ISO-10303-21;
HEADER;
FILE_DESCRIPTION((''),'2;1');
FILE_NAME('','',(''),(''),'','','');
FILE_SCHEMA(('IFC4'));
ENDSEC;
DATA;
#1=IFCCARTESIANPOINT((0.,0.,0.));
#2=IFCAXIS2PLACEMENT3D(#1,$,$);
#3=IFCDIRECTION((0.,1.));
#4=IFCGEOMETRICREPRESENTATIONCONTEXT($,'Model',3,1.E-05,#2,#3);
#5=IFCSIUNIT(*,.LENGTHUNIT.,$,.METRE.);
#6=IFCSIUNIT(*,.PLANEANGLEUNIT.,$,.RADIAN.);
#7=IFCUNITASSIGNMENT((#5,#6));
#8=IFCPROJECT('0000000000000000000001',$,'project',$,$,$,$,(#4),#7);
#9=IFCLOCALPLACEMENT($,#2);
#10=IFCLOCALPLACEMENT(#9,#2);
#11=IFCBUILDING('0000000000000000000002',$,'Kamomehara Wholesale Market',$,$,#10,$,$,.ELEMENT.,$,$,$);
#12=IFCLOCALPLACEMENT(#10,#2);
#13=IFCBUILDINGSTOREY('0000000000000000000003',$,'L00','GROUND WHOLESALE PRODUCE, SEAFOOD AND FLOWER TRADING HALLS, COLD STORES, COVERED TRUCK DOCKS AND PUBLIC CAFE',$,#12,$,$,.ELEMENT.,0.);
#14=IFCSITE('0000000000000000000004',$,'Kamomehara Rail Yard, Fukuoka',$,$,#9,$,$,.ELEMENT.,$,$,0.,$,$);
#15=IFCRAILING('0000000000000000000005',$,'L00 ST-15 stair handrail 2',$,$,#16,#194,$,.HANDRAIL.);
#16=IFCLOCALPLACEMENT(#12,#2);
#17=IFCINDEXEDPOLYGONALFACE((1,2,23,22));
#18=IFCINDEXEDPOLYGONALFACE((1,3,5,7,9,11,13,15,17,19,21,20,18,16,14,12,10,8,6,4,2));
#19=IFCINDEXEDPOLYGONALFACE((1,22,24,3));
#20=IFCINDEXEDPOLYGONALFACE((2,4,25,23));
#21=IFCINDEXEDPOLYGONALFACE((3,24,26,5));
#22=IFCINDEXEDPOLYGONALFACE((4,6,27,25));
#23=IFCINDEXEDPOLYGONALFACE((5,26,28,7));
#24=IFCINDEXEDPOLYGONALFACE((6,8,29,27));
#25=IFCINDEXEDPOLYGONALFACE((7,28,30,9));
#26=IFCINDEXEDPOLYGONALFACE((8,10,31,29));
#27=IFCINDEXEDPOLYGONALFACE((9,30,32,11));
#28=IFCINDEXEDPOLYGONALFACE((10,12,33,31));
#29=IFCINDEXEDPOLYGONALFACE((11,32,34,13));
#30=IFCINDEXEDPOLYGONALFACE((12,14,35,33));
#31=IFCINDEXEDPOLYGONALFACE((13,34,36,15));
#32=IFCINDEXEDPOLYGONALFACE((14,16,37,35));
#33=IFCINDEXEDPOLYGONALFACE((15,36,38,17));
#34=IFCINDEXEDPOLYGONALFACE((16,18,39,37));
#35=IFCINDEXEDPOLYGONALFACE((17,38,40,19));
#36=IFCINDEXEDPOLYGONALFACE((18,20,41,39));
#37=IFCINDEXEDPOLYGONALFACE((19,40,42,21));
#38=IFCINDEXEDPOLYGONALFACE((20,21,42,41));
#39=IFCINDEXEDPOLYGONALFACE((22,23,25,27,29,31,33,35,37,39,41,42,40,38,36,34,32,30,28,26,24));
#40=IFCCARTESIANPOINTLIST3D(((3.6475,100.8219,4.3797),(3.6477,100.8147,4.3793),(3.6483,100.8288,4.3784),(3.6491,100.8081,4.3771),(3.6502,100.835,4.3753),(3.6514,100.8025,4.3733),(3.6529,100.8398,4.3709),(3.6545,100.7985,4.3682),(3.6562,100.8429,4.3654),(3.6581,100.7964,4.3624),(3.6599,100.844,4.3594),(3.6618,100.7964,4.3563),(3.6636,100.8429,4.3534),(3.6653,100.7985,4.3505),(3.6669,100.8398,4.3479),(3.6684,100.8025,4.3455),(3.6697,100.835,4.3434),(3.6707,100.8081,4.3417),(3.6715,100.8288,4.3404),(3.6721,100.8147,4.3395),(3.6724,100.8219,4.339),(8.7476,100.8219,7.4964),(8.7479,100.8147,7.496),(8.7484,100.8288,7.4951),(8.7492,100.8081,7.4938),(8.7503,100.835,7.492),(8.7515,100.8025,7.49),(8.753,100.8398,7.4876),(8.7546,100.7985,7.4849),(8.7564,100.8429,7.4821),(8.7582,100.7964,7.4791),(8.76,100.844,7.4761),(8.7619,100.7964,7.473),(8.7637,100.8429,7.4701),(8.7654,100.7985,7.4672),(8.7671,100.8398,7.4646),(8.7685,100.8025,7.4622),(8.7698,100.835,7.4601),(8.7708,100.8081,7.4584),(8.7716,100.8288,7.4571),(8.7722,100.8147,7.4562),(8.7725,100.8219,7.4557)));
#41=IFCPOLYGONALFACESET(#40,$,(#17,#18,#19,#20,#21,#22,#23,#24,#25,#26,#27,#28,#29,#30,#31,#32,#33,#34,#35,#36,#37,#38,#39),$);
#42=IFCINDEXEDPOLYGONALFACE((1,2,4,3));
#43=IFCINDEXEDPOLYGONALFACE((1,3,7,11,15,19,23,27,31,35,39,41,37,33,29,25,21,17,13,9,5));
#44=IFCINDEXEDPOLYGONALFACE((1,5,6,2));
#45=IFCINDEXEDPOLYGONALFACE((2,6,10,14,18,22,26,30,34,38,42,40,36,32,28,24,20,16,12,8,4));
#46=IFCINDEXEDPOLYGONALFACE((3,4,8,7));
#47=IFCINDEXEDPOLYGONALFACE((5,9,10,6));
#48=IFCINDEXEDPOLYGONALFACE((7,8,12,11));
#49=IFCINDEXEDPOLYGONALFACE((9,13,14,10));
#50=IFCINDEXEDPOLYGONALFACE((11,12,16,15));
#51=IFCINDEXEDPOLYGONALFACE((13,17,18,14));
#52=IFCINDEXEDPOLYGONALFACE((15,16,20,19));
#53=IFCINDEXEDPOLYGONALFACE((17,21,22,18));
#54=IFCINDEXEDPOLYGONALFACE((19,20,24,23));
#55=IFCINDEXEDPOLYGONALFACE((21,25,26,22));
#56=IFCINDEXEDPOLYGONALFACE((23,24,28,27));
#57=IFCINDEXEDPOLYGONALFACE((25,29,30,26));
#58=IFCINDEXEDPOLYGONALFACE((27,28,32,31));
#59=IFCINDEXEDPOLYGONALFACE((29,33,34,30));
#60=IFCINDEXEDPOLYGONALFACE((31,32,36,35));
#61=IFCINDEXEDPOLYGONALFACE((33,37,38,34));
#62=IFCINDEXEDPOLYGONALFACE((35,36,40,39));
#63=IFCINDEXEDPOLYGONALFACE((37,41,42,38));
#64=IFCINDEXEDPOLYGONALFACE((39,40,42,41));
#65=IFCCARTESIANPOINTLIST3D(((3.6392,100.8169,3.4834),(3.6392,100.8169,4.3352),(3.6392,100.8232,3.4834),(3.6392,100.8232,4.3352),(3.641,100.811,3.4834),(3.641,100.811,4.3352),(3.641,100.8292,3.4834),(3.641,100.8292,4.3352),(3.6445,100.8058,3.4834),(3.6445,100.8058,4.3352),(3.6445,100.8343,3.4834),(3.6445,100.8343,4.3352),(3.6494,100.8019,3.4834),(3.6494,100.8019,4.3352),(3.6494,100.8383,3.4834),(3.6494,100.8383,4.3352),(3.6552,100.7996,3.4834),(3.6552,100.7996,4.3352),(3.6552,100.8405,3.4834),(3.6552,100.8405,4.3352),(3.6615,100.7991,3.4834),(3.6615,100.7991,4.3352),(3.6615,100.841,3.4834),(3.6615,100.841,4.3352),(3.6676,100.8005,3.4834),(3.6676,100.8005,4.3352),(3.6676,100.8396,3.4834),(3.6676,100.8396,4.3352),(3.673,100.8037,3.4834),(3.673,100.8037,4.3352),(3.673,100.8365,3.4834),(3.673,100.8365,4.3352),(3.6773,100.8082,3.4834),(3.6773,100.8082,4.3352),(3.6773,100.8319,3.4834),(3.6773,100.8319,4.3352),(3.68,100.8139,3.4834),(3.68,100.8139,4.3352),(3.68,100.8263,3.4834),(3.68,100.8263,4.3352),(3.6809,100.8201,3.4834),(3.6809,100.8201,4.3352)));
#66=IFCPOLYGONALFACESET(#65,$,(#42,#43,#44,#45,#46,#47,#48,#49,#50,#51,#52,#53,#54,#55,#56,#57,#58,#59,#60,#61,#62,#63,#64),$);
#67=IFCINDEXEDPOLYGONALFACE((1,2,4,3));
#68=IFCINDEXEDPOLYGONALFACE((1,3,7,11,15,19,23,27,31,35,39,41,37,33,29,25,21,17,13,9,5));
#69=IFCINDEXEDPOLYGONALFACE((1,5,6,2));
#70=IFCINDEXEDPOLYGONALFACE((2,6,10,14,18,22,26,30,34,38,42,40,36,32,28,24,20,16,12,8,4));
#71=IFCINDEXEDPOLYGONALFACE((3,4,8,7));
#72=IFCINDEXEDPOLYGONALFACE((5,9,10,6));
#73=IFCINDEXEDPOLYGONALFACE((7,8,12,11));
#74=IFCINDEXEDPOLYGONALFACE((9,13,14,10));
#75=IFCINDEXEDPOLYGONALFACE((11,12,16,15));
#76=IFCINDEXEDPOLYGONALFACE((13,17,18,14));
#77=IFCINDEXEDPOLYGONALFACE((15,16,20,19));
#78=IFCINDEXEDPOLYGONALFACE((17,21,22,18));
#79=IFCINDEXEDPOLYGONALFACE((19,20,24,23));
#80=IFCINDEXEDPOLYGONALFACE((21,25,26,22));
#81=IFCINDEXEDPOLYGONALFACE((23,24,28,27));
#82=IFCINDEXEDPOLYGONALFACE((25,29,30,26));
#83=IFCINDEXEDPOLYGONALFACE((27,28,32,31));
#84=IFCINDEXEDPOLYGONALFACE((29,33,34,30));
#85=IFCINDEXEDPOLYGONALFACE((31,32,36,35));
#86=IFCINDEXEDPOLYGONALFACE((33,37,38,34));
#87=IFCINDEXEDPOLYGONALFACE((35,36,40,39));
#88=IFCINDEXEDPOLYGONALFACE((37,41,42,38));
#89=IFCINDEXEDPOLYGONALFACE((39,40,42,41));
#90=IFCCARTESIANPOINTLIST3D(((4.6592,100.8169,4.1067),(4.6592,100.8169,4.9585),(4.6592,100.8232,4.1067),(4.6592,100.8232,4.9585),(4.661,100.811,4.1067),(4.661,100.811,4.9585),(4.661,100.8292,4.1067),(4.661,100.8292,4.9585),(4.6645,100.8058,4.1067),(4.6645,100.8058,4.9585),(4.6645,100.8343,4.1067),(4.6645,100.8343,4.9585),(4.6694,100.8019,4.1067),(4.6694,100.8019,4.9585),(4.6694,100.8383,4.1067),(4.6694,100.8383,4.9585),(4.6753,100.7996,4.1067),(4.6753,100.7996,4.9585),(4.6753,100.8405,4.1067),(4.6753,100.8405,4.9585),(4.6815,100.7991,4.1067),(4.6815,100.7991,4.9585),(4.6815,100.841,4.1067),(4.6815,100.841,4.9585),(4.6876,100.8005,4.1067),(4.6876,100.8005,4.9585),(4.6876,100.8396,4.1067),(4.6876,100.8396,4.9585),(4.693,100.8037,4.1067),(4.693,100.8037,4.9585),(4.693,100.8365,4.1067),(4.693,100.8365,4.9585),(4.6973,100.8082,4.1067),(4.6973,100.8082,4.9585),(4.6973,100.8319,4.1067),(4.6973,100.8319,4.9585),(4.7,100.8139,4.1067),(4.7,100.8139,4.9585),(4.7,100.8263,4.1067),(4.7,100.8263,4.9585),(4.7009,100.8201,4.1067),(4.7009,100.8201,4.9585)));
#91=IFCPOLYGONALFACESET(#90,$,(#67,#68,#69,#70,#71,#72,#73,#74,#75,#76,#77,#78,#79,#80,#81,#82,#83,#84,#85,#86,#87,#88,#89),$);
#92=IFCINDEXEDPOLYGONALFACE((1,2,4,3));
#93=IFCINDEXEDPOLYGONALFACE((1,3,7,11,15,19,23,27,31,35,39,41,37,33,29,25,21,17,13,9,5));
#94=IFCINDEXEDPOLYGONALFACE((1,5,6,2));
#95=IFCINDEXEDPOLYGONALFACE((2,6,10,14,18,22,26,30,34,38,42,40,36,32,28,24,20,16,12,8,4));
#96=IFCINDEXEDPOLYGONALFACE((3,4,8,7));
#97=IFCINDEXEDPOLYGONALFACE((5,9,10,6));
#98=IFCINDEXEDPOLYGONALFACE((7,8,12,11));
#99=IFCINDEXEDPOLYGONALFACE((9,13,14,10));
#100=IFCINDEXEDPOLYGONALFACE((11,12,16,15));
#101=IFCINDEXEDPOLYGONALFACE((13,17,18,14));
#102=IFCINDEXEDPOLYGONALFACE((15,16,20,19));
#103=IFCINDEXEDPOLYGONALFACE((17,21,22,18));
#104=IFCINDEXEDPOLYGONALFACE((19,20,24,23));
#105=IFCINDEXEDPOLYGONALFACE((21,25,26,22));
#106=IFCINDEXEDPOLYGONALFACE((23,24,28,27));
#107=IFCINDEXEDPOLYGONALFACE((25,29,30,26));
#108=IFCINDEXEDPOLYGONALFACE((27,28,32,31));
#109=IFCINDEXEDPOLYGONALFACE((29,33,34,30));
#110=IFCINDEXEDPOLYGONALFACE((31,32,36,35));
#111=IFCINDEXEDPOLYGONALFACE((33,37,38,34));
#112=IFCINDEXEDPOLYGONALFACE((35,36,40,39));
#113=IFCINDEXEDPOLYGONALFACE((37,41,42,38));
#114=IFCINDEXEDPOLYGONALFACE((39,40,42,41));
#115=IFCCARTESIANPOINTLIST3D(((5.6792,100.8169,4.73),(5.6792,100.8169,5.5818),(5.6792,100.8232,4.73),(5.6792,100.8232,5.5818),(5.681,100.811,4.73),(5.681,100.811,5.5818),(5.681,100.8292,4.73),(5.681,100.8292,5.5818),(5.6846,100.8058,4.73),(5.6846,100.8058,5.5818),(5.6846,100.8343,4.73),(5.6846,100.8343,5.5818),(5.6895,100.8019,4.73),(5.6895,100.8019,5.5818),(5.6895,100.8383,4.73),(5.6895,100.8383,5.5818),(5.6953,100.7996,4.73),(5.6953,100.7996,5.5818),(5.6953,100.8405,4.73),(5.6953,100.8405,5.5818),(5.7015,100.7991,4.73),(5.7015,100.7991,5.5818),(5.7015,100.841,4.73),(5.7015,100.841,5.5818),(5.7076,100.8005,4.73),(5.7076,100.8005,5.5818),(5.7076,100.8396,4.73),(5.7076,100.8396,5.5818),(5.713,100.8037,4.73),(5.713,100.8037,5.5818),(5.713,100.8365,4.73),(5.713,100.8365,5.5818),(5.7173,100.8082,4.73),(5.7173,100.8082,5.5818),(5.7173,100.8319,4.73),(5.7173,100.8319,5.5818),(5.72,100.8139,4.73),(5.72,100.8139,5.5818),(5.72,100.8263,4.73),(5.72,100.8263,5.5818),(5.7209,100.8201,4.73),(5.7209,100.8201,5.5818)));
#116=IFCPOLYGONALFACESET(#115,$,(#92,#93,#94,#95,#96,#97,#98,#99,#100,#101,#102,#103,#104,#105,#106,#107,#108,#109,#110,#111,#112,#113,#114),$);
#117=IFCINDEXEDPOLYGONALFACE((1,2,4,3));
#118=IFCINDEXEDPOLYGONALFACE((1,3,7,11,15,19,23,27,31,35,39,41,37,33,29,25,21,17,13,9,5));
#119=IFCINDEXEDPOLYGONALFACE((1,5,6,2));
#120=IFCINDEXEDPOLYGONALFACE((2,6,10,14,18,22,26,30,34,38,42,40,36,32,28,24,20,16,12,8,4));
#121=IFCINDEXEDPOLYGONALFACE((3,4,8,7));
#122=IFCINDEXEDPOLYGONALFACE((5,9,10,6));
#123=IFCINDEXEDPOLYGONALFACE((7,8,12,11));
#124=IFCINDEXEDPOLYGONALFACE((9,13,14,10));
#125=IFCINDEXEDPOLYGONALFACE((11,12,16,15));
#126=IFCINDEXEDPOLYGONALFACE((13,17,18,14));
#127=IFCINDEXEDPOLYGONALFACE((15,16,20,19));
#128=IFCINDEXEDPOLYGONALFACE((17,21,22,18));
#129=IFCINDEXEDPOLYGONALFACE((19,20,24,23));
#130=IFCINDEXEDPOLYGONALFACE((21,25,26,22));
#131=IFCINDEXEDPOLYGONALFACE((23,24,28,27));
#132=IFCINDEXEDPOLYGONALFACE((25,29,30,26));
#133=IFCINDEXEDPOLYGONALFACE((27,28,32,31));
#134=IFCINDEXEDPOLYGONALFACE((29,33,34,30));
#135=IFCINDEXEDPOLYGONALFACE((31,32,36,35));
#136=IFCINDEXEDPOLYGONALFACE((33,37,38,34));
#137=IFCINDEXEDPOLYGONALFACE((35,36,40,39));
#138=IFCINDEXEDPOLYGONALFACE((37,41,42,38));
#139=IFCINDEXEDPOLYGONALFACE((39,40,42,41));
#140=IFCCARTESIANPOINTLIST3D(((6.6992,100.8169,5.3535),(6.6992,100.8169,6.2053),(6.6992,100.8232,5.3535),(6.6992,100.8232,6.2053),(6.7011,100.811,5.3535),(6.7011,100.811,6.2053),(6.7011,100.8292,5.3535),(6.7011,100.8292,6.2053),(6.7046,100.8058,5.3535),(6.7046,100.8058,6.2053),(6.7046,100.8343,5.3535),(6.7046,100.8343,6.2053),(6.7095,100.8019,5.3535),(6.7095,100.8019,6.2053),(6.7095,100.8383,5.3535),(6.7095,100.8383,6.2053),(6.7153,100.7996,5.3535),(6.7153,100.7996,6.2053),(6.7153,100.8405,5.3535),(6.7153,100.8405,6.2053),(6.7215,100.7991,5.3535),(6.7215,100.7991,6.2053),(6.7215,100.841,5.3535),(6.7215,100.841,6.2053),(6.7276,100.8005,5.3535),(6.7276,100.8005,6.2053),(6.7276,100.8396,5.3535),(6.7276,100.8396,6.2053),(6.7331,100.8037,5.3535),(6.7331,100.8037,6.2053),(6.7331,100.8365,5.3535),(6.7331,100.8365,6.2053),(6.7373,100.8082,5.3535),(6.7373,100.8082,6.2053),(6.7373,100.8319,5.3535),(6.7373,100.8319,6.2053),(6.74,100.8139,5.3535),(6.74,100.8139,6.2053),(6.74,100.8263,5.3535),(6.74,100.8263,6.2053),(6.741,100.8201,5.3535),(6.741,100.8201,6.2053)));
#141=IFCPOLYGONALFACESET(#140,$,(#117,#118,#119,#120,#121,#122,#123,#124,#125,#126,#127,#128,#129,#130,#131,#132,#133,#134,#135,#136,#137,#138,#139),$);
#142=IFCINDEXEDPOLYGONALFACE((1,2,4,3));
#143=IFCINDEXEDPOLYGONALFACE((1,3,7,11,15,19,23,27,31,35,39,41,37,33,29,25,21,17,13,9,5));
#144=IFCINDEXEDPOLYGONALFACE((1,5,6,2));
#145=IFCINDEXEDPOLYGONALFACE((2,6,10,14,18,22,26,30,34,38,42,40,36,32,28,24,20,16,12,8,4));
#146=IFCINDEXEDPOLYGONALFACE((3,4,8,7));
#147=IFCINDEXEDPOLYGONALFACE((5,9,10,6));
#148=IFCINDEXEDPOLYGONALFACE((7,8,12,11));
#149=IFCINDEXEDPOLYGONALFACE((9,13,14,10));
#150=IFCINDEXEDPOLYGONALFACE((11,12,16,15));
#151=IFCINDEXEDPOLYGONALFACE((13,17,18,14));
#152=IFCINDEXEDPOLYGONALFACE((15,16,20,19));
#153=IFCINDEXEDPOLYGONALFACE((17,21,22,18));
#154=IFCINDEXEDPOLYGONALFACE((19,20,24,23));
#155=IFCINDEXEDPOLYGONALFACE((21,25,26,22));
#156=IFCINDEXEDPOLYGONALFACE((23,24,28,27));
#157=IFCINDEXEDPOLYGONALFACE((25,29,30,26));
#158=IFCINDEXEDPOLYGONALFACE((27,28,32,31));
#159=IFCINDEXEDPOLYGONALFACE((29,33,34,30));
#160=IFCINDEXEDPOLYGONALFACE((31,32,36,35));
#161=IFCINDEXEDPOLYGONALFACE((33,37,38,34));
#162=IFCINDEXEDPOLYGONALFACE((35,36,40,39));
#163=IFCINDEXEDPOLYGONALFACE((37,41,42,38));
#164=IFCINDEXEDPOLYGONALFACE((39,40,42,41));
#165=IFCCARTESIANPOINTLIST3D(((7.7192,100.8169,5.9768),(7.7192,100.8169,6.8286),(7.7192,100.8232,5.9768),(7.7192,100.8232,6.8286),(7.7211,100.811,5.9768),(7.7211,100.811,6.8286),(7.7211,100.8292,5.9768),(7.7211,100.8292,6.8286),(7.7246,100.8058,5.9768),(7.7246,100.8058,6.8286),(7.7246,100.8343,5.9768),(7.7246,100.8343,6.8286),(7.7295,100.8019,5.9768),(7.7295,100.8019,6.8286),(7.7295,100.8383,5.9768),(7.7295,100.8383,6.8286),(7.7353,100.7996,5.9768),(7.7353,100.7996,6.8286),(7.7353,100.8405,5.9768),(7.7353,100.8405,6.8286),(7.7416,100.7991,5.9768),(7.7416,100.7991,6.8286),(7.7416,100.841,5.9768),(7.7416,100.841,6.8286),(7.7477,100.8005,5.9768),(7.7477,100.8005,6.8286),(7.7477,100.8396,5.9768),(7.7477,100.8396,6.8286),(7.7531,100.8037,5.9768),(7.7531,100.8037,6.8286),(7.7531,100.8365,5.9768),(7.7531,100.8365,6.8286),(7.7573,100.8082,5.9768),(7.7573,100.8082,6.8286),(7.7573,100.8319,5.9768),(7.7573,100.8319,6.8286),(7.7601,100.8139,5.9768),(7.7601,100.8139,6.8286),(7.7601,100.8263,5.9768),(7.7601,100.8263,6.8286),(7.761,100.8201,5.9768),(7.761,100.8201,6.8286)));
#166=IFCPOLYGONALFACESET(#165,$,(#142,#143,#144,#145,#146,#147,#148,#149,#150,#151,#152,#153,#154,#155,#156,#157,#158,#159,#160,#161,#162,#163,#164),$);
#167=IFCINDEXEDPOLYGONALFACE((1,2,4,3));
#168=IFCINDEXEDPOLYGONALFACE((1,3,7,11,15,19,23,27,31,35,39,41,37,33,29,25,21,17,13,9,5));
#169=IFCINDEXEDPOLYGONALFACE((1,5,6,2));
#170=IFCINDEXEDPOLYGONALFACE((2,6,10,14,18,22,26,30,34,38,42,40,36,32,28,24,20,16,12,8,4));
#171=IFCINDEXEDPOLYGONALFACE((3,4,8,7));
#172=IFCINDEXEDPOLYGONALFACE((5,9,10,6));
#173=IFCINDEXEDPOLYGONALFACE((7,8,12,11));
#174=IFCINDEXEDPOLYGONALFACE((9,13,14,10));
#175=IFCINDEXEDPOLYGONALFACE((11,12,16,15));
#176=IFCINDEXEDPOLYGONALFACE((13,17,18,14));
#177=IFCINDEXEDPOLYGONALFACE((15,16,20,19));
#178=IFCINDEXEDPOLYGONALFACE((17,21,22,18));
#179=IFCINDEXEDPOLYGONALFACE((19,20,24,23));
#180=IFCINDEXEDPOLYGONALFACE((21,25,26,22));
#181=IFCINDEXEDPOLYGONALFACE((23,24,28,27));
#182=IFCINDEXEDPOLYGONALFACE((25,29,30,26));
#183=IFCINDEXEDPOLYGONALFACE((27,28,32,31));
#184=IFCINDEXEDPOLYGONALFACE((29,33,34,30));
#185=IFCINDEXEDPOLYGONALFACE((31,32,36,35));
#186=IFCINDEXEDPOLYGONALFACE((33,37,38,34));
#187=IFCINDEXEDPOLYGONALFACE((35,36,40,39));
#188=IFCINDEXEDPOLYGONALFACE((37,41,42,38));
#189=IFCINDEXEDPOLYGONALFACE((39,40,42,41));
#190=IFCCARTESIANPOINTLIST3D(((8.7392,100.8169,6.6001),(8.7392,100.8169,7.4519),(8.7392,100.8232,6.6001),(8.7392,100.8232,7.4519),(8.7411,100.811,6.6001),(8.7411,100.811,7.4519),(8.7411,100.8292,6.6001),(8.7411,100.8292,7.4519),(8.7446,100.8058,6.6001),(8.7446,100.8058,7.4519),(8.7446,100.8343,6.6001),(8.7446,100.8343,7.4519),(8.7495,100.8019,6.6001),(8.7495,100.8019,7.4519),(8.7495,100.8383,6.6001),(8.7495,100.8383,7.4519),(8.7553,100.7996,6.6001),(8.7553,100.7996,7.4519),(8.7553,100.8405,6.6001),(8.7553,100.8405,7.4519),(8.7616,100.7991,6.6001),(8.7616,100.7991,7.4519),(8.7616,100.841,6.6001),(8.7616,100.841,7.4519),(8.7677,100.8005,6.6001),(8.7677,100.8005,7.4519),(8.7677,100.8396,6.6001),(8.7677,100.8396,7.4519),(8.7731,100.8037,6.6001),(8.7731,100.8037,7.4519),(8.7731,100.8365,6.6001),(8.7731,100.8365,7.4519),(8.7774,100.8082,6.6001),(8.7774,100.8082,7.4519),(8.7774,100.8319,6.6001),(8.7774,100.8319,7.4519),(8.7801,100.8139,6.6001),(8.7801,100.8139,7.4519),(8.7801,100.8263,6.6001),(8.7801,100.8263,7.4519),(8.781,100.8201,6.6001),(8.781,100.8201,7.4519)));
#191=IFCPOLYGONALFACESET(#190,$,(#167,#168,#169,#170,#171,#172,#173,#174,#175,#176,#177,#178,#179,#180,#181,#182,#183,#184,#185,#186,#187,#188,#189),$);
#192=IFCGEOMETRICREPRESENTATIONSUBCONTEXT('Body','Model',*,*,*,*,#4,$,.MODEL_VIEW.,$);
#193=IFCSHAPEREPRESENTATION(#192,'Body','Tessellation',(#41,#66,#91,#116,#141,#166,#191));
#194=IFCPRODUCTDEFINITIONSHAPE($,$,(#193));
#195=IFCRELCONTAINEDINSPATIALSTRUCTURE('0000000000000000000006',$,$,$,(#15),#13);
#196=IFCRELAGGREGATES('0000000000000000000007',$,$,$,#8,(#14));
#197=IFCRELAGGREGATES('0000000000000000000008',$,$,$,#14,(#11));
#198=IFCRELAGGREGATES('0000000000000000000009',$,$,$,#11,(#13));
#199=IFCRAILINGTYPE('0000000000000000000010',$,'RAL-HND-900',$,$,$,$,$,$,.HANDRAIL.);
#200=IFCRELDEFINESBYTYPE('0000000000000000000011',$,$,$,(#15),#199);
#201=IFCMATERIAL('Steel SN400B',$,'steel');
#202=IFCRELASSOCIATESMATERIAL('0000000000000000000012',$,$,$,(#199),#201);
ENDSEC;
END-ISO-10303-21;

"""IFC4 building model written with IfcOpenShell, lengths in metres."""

from ifc_helpers import new_model, si_unit, direction, frame, origin, origin_2d, place, context, subcontext, project, spatial, circle, extrude, material, type_object, element, save


model = new_model("IFC4")

# Units and contexts
model_context = context("Model", 3, precision=1e-05, world=origin(), true_north=direction((0.0, 1.0)))
body_context = subcontext(model_context, "Body", "Model", "MODEL_VIEW")
ifc_project = project(units=[si_unit("LENGTHUNIT", "METRE"), si_unit("PLANEANGLEUNIT", "RADIAN")], contexts=[model_context])

# Site, building, storey
site_placement = place(None, origin())
site = spatial("IfcSite", under=ifc_project, at=site_placement, Name="Kamomehara Rail Yard, Fukuoka", CompositionType="ELEMENT", RefElevation=0.0)
building_placement = place(site_placement, origin())
building = spatial("IfcBuilding", under=site, at=building_placement, Name="Kamomehara Wholesale Market", CompositionType="ELEMENT")
storey_placement = place(building_placement, origin())
storey = spatial("IfcBuildingStorey", under=building, at=storey_placement, Name="L00", Description="GROUND WHOLESALE PRODUCE, SEAFOOD AND FLOWER TRADING HALLS, COLD STORES, COVERED TRUCK DOCKS AND PUBLIC CAFE", CompositionType="ELEMENT", Elevation=0.0)

# Railing
ifc_material_1 = material(Name="Steel SN400B", Category="steel")
railing_type_1 = type_object("IfcRailingType", Name="RAL-HND-900", PredefinedType="HANDRAIL", material=ifc_material_1)
railing_1_placement = place(storey_placement, frame((3.6599, 100.8201, 3.4834)))
element("IfcRailing", 1, at=railing_1_placement, inside=storey, type_object=railing_type_1, Name="L00 ST-15 stair handrail 2", PredefinedType="HANDRAIL", context=body_context, shape_type="SweptSolid", body=[
    extrude(circle(Radius=0.0239, at=origin_2d()), frame((0.0, 0.0, 0.876), z_axis=(0.853284, 0.0, 0.521447), x_axis=(0.0, 1.0, 0.0)), (0.0, 0.0, 1.0), 5.9771),
    extrude(circle(Radius=0.021, at=origin_2d()), origin(), (0.0, 0.0, 1.0), 0.8518),
    extrude(circle(Radius=0.021, at=origin_2d()), frame((1.02, 0.0, 0.6233)), (0.0, 0.0, 1.0), 0.8518),
    extrude(circle(Radius=0.021, at=origin_2d()), frame((2.04, 0.0, 1.2466)), (0.0, 0.0, 1.0), 0.8518),
    extrude(circle(Radius=0.021, at=origin_2d()), frame((3.0601, 0.0, 1.8701)), (0.0, 0.0, 1.0), 0.8518),
    extrude(circle(Radius=0.021, at=origin_2d()), frame((4.0801, 0.0, 2.4934)), (0.0, 0.0, 1.0), 0.8518),
    extrude(circle(Radius=0.021, at=origin_2d()), frame((5.1001, 0.0, 3.1167)), (0.0, 0.0, 1.0), 0.8518),
])

save(model, "model.ifc")
